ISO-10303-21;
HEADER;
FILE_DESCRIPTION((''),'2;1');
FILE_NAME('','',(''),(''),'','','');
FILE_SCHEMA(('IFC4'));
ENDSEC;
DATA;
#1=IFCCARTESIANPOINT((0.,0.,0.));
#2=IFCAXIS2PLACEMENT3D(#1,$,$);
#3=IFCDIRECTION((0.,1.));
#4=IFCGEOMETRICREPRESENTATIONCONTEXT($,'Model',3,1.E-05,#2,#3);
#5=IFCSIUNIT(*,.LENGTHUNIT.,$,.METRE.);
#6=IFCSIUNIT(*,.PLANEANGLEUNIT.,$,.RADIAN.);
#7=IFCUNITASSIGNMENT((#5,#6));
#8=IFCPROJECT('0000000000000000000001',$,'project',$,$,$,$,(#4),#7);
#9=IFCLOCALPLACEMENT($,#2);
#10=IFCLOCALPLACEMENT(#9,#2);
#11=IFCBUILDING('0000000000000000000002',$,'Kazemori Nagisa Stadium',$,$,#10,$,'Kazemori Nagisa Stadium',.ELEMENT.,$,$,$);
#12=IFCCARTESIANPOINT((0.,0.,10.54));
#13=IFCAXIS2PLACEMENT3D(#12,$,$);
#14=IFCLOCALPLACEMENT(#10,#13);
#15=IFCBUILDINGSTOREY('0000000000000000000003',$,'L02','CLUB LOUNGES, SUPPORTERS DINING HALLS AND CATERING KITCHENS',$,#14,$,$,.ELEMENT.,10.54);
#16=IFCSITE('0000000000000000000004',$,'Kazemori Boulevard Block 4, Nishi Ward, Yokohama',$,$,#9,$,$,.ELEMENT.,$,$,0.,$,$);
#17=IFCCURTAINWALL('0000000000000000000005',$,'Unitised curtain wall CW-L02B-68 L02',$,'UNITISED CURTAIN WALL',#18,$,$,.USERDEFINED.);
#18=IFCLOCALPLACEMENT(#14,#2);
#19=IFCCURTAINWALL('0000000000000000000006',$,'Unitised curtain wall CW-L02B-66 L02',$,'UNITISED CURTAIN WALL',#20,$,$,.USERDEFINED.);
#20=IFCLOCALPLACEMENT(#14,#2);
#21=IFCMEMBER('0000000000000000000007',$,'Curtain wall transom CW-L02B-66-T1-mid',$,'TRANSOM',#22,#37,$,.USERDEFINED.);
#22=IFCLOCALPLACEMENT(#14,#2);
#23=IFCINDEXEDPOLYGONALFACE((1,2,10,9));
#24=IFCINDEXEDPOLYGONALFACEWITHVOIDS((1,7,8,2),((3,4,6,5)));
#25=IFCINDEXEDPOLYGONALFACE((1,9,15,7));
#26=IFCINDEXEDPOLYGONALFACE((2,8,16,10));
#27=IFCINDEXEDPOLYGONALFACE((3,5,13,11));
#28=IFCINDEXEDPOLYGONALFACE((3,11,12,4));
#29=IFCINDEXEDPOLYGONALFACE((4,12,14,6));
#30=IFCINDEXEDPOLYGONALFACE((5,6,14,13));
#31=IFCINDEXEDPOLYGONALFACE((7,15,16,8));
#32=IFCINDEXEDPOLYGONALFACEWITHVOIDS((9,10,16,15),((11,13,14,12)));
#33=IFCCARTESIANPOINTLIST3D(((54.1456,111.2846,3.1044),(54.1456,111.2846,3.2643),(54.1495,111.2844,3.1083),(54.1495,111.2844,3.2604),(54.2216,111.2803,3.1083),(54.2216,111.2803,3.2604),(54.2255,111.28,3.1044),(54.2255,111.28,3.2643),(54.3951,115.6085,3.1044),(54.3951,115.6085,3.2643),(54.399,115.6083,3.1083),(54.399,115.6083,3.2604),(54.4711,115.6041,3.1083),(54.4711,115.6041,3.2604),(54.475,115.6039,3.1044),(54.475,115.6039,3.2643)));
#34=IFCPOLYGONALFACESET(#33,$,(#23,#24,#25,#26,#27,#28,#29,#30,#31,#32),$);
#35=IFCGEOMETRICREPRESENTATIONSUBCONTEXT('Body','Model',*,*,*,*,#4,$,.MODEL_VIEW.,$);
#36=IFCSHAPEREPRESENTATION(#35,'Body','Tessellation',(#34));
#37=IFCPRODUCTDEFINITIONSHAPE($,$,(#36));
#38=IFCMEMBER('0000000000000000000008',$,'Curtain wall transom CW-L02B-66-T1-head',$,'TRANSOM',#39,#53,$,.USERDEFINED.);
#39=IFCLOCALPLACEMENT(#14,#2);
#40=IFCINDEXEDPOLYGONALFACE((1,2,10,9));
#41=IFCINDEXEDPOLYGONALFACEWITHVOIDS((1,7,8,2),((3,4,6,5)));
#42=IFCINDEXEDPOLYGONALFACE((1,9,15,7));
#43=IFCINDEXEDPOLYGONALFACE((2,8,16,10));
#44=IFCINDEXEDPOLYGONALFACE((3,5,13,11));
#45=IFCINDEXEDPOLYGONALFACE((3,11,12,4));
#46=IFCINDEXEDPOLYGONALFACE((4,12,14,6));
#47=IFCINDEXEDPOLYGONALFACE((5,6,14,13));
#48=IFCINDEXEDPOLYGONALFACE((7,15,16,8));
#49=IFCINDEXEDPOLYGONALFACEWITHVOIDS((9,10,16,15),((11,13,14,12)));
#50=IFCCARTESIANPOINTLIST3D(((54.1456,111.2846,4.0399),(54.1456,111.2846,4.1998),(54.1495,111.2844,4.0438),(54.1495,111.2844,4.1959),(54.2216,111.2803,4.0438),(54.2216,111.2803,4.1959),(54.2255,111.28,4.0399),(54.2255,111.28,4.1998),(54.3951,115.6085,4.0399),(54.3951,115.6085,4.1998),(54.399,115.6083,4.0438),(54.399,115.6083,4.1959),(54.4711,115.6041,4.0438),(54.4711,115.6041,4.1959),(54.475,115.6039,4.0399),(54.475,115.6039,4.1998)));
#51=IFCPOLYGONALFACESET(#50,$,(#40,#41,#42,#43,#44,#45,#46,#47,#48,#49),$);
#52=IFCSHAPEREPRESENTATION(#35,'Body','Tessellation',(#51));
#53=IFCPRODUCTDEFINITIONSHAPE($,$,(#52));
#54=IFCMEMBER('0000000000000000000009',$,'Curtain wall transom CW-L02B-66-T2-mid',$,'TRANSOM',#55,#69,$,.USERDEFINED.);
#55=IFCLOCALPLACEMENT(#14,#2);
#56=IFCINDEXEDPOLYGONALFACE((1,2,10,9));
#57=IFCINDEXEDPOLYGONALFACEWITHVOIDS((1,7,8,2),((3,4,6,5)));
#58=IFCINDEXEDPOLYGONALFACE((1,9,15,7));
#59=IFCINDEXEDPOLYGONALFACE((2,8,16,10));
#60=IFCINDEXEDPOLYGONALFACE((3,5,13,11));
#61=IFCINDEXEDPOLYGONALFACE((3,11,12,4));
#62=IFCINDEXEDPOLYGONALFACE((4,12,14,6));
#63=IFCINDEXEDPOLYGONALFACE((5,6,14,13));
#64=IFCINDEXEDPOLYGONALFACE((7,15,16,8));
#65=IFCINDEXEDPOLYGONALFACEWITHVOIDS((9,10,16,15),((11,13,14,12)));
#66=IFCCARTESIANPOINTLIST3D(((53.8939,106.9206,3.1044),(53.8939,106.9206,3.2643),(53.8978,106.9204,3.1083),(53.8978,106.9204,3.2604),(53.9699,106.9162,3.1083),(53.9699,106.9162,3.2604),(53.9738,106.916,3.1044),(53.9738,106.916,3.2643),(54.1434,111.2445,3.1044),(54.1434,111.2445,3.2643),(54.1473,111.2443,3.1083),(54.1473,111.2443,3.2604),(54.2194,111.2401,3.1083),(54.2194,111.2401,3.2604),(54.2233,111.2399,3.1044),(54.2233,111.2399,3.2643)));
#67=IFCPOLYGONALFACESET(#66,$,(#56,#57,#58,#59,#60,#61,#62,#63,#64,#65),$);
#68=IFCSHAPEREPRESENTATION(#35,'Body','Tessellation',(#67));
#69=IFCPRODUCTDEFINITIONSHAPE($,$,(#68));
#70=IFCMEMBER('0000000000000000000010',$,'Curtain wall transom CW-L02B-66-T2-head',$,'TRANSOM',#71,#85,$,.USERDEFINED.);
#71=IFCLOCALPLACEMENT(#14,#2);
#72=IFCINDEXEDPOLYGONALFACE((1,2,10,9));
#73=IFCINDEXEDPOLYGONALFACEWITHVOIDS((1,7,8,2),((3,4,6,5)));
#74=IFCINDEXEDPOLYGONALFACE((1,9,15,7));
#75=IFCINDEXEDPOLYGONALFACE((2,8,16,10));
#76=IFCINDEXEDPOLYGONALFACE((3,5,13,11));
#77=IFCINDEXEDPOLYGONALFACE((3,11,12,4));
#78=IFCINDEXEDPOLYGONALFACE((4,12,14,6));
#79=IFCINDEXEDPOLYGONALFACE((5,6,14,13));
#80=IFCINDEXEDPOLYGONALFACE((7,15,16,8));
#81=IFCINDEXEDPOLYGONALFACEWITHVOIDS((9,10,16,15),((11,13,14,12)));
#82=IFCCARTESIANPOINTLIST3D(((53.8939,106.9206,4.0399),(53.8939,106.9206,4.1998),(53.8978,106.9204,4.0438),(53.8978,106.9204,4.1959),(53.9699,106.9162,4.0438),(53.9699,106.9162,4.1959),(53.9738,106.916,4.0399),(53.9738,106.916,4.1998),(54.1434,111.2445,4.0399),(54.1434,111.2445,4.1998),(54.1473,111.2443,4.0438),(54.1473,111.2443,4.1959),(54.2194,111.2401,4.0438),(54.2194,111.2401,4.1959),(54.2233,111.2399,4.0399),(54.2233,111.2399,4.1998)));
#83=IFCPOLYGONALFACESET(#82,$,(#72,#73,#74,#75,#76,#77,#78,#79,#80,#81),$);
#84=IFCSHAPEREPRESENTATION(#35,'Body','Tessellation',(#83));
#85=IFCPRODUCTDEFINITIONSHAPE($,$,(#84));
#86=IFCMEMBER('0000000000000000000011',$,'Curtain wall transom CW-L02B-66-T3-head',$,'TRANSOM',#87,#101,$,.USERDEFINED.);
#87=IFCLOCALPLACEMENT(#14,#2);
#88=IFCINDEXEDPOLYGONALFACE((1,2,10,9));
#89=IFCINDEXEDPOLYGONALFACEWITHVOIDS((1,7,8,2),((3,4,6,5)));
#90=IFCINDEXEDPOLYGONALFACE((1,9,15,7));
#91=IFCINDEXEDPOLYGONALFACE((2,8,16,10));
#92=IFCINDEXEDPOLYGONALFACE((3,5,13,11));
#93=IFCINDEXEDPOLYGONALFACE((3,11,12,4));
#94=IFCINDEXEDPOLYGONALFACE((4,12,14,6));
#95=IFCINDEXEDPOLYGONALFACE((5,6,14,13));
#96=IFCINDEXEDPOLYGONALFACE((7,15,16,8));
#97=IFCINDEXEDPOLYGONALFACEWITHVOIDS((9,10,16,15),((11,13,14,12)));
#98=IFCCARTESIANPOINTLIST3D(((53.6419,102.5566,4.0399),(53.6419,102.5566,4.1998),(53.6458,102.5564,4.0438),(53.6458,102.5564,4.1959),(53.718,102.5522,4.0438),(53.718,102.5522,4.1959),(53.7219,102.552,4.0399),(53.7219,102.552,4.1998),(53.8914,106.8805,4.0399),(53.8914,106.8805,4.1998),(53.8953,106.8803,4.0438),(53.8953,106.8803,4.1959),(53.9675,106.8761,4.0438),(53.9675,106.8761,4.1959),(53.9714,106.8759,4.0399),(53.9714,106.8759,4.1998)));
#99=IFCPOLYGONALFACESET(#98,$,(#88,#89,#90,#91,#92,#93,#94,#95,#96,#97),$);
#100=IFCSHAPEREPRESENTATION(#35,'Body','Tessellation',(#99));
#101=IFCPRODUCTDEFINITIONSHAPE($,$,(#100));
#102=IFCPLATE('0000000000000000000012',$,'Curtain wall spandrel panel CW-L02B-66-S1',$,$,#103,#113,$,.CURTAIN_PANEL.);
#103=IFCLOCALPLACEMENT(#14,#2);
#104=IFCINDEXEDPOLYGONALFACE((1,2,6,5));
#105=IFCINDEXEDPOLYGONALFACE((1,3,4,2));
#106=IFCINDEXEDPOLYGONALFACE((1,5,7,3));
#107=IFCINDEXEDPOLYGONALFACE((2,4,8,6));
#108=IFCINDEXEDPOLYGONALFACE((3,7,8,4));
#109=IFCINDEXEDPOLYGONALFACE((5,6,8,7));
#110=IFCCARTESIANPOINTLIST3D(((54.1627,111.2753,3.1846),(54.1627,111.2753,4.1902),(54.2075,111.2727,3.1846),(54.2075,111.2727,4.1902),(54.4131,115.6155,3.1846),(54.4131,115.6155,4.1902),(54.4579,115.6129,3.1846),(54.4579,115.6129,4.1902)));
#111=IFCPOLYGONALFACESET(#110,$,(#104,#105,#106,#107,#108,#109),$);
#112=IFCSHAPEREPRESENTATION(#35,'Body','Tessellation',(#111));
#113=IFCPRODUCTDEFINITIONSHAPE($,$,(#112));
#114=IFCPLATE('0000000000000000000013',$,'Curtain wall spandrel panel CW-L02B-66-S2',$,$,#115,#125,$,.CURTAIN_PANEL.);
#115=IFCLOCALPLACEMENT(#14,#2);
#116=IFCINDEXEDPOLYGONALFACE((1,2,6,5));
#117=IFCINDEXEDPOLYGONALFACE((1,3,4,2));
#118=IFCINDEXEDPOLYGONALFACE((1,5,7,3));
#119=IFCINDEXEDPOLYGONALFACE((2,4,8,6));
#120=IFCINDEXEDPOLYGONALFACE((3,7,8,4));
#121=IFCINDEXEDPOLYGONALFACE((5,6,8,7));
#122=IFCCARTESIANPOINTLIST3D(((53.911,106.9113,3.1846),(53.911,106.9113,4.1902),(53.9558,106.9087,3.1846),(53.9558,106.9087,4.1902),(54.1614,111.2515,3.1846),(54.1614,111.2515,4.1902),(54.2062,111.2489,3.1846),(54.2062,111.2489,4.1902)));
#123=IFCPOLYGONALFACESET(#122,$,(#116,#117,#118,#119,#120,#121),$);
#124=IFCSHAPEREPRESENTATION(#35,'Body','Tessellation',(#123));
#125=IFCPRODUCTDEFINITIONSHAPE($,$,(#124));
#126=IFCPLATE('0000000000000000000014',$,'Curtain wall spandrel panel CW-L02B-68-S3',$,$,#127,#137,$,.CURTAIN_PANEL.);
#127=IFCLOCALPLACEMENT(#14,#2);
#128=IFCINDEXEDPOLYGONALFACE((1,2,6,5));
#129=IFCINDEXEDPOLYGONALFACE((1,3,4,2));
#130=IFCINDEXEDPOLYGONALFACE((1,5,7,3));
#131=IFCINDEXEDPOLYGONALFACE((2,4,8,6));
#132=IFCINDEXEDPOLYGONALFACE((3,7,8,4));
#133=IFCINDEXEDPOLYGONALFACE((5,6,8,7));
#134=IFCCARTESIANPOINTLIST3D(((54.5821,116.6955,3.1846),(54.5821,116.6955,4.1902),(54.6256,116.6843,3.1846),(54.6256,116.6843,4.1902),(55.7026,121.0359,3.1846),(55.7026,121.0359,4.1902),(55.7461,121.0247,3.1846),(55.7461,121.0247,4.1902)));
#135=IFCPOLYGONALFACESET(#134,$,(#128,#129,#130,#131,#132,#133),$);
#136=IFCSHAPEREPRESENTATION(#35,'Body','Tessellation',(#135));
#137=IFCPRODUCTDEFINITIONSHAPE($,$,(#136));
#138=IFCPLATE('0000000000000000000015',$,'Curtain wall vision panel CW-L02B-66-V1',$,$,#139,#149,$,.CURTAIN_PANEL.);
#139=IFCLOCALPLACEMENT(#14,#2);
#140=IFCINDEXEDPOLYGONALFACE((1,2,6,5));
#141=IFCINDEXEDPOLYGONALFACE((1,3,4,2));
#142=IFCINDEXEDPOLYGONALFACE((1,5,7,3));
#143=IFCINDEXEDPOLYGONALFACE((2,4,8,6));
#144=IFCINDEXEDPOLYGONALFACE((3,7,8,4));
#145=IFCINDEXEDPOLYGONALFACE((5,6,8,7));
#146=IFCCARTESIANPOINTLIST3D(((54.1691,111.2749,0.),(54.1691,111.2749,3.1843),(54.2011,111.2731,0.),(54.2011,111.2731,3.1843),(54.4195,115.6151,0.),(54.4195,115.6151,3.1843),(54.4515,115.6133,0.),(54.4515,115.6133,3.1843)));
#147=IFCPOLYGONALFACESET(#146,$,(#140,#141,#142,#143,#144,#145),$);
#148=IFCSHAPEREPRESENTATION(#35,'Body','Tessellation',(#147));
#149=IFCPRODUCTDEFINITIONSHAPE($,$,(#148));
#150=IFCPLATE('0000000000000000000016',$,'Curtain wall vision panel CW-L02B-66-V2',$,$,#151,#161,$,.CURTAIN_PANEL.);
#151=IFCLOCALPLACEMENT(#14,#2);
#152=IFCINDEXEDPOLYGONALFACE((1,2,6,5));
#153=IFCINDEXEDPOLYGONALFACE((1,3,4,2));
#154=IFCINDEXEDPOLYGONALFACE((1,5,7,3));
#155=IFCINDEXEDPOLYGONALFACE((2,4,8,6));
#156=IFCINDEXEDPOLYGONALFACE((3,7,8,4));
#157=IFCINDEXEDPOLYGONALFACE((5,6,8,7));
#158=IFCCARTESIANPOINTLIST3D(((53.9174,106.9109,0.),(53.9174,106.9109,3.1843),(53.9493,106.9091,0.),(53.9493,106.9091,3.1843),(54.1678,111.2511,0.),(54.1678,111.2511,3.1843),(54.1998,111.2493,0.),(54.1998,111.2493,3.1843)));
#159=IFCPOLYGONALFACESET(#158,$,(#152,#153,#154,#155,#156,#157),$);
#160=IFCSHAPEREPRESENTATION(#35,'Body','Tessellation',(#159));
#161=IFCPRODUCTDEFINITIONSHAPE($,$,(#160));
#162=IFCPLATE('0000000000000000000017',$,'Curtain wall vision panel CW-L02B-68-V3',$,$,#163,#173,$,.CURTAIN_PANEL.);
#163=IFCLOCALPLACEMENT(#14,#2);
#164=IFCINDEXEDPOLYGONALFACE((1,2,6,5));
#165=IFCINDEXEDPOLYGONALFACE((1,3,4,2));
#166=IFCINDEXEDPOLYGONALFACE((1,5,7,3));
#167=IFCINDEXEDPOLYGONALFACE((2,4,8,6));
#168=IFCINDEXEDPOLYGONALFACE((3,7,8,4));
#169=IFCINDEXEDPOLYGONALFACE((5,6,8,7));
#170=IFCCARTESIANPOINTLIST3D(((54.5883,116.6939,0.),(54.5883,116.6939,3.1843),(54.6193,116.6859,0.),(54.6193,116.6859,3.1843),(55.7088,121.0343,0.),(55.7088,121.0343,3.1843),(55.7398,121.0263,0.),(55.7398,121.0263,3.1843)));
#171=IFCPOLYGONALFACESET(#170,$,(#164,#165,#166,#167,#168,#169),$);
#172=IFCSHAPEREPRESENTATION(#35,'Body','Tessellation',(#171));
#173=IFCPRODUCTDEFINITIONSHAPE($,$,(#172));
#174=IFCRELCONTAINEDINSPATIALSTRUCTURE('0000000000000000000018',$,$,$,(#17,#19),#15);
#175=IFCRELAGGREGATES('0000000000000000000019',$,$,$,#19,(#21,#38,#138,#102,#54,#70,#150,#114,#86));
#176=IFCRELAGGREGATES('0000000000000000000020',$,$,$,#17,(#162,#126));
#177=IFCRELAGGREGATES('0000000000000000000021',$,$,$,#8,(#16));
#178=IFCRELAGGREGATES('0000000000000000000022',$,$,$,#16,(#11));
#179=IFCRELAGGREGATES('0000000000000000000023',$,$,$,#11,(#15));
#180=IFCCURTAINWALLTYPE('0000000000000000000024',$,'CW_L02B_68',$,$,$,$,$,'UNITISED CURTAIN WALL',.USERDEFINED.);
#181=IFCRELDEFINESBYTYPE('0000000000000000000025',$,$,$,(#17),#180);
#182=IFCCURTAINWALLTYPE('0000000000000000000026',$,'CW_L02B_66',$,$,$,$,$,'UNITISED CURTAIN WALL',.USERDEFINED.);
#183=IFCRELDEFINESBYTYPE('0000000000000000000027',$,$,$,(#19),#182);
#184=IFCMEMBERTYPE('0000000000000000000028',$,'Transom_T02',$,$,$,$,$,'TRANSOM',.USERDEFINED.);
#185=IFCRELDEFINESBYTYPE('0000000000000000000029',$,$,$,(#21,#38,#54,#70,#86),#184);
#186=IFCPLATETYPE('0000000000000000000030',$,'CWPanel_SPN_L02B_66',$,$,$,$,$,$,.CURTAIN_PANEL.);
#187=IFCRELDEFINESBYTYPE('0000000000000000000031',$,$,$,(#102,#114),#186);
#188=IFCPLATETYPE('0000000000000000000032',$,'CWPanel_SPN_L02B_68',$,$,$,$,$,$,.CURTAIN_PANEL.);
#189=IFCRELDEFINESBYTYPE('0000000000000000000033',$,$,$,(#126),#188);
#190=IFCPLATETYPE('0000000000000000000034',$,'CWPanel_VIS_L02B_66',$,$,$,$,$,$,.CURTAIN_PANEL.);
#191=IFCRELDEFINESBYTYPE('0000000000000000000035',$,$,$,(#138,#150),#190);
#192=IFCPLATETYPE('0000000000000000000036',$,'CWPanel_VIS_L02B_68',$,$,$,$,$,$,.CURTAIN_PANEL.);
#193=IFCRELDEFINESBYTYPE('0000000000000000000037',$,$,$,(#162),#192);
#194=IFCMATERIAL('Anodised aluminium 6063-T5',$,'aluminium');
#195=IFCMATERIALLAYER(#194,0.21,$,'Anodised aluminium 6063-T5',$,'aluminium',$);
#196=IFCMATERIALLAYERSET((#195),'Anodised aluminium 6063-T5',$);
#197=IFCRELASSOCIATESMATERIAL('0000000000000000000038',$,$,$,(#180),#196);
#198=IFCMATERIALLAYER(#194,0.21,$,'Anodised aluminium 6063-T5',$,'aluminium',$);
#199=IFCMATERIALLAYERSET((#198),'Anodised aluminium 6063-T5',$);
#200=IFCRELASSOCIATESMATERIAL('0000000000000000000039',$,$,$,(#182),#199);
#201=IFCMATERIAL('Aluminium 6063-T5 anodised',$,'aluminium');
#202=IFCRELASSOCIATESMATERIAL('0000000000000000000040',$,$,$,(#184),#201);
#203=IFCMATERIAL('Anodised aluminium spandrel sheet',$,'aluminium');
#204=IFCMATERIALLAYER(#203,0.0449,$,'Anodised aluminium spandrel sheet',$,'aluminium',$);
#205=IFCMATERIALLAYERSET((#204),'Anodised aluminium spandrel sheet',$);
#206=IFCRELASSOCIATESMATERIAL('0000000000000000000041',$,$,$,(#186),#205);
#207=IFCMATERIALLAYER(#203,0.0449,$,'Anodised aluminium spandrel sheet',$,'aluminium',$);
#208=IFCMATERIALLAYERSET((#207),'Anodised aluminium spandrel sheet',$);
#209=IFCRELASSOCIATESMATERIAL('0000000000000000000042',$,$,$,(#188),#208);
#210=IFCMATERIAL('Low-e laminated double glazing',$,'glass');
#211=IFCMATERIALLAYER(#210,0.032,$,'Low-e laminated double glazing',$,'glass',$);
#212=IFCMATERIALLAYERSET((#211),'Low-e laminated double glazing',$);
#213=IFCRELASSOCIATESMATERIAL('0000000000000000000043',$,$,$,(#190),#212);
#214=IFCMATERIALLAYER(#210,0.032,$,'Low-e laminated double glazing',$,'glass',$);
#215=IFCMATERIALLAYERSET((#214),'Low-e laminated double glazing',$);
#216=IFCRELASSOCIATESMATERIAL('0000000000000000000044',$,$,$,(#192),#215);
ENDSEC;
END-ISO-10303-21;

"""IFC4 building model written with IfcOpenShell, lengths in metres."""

from ifc_helpers import new_model, si_unit, direction, frame, origin, origin_2d, place, context, subcontext, project, spatial, rectangle, hollow_rectangle, extrude, material, layer, layer_set, material_profile, profile_set, type_object, element, aggregate, save


model = new_model("IFC4")

# Units and contexts
model_context = context("Model", 3, precision=1e-05, world=origin(), true_north=direction((0.0, 1.0)))
body_context = subcontext(model_context, "Body", "Model", "MODEL_VIEW")
ifc_project = project(units=[si_unit("LENGTHUNIT", "METRE"), si_unit("PLANEANGLEUNIT", "RADIAN")], contexts=[model_context])

# Site, building, storey
site_placement = place(None, origin())
site = spatial("IfcSite", under=ifc_project, at=site_placement, Name="Kazemori Boulevard Block 4, Nishi Ward, Yokohama", CompositionType="ELEMENT", RefElevation=0.0)
building_placement = place(site_placement, origin())
building = spatial("IfcBuilding", under=site, at=building_placement, Name="Kazemori Nagisa Stadium", LongName="Kazemori Nagisa Stadium", CompositionType="ELEMENT")
storey_placement = place(building_placement, frame((0.0, 0.0, 10.54)))
storey = spatial("IfcBuildingStorey", under=building, at=storey_placement, Name="L02", Description="CLUB LOUNGES, SUPPORTERS DINING HALLS AND CATERING KITCHENS", CompositionType="ELEMENT", Elevation=10.54)

# Curtain walls
ifc_material_1 = material(Name="Anodised aluminium 6063-T5", Category="aluminium")
ifc_layer_1 = layer(ifc_material_1, 0.21, Name="Anodised aluminium 6063-T5", Category="aluminium")
ifc_layer_set_1 = layer_set([ifc_layer_1], Name="Anodised aluminium 6063-T5")
curtain_wall_type_1 = type_object("IfcCurtainWallType", Name="CW_L02B_68", ElementType="UNITISED CURTAIN WALL", PredefinedType="USERDEFINED", material=ifc_layer_set_1)
curtain_wall_1_placement = place(storey_placement, origin())
curtain_wall_1 = element("IfcCurtainWall", 1, at=curtain_wall_1_placement, inside=storey, type_object=curtain_wall_type_1, Name="Unitised curtain wall CW-L02B-68 L02", ObjectType="UNITISED CURTAIN WALL", PredefinedType="USERDEFINED")
ifc_material_2 = material(Name="Aluminium 6063-T5 anodised", Category="aluminium")
ifc_layer_2 = layer(ifc_material_1, 0.21, Name="Anodised aluminium 6063-T5", Category="aluminium")
ifc_layer_set_2 = layer_set([ifc_layer_2], Name="Anodised aluminium 6063-T5")
curtain_wall_type_2 = type_object("IfcCurtainWallType", Name="CW_L02B_66", ElementType="UNITISED CURTAIN WALL", PredefinedType="USERDEFINED", material=ifc_layer_set_2)
curtain_wall_2_placement = place(storey_placement, origin())
curtain_wall_2 = element("IfcCurtainWall", 2, at=curtain_wall_2_placement, inside=storey, type_object=curtain_wall_type_2, Name="Unitised curtain wall CW-L02B-66 L02", ObjectType="UNITISED CURTAIN WALL", PredefinedType="USERDEFINED")

# Members
ifc_material_profile_1 = material_profile(ifc_material_2, hollow_rectangle(XDim=0.0801, YDim=0.1599, WallThickness=0.0039, at=origin_2d()), Name="ALU-TRAN-80x160x4")
ifc_profile_set_1 = profile_set([ifc_material_profile_1], Name="Aluminium 6063-T5 anodised")
member_type_1 = type_object("IfcMemberType", Name="Transom_T02", ElementType="TRANSOM", PredefinedType="USERDEFINED", material=ifc_profile_set_1)
member_1_placement = place(storey_placement, frame((54.4351, 115.6062, 3.1843), z_axis=(-0.057608, -0.998339, 0.0), x_axis=(0.998339, -0.057608, 0.0)))
member_1 = element("IfcMember", 3, at=member_1_placement, type_object=member_type_1, Name="Curtain wall transom CW-L02B-66-T1-mid", ObjectType="TRANSOM", PredefinedType="USERDEFINED", context=body_context, shape_type="SweptSolid", body=[
    extrude(hollow_rectangle(XDim=0.0801, YDim=0.1599, WallThickness=0.0039, at=origin_2d()), origin(), (0.0, 0.0, 1.0), 4.3311),
])
member_2_placement = place(storey_placement, frame((54.4351, 115.6062, 4.1199), z_axis=(-0.057608, -0.998339, 0.0), x_axis=(0.998339, -0.057608, 0.0)))
member_2 = element("IfcMember", 4, at=member_2_placement, type_object=member_type_1, Name="Curtain wall transom CW-L02B-66-T1-head", ObjectType="TRANSOM", PredefinedType="USERDEFINED", context=body_context, shape_type="SweptSolid", body=[
    extrude(hollow_rectangle(XDim=0.0801, YDim=0.1599, WallThickness=0.0039, at=origin_2d()), origin(), (0.0, 0.0, 1.0), 4.3311),
])
member_3_placement = place(storey_placement, frame((54.1833, 111.2422, 3.1843), z_axis=(-0.057608, -0.998339, 0.0), x_axis=(0.998339, -0.057608, 0.0)))
member_3 = element("IfcMember", 5, at=member_3_placement, type_object=member_type_1, Name="Curtain wall transom CW-L02B-66-T2-mid", ObjectType="TRANSOM", PredefinedType="USERDEFINED", context=body_context, shape_type="SweptSolid", body=[
    extrude(hollow_rectangle(XDim=0.0801, YDim=0.1599, WallThickness=0.0039, at=origin_2d()), origin(), (0.0, 0.0, 1.0), 4.3311),
])
member_4_placement = place(storey_placement, frame((54.1833, 111.2422, 4.1199), z_axis=(-0.057608, -0.998339, 0.0), x_axis=(0.998339, -0.057608, 0.0)))
member_4 = element("IfcMember", 6, at=member_4_placement, type_object=member_type_1, Name="Curtain wall transom CW-L02B-66-T2-head", ObjectType="TRANSOM", PredefinedType="USERDEFINED", context=body_context, shape_type="SweptSolid", body=[
    extrude(hollow_rectangle(XDim=0.0801, YDim=0.1599, WallThickness=0.0039, at=origin_2d()), origin(), (0.0, 0.0, 1.0), 4.3311),
])
member_5_placement = place(storey_placement, frame((53.9314, 106.8782, 4.1199), z_axis=(-0.057608, -0.998339, 0.0), x_axis=(0.998339, -0.057608, 0.0)))
member_5 = element("IfcMember", 7, at=member_5_placement, type_object=member_type_1, Name="Curtain wall transom CW-L02B-66-T3-head", ObjectType="TRANSOM", PredefinedType="USERDEFINED", context=body_context, shape_type="SweptSolid", body=[
    extrude(hollow_rectangle(XDim=0.0801, YDim=0.1599, WallThickness=0.0039, at=origin_2d()), origin(), (0.0, 0.0, 1.0), 4.3311),
])

# Plates
ifc_material_3 = material(Name="Anodised aluminium spandrel sheet", Category="aluminium")
ifc_layer_3 = layer(ifc_material_3, 0.0449, Name="Anodised aluminium spandrel sheet", Category="aluminium")
ifc_layer_set_3 = layer_set([ifc_layer_3], Name="Anodised aluminium spandrel sheet")
plate_type_1 = type_object("IfcPlateType", Name="CWPanel_SPN_L02B_66", PredefinedType="CURTAIN_PANEL", material=ifc_layer_set_3)
plate_1_placement = place(storey_placement, frame((54.3103, 113.4441, 3.1846), z_axis=(0.0, 0.0, 1.0), x_axis=(-0.057602, -0.99834, 0.0)))
plate_1 = element("IfcPlate", 8, at=plate_1_placement, type_object=plate_type_1, Name="Curtain wall spandrel panel CW-L02B-66-S1", PredefinedType="CURTAIN_PANEL", context=body_context, shape_type="SweptSolid", body=[
    extrude(rectangle(XDim=4.3474, YDim=0.0449, at=origin_2d()), origin(), (0.0, 0.0, 1.0), 1.0056),
])
plate_2_placement = place(storey_placement, frame((54.0586, 109.0801, 3.1846), z_axis=(0.0, 0.0, 1.0), x_axis=(-0.057602, -0.99834, 0.0)))
plate_2 = element("IfcPlate", 9, at=plate_2_placement, type_object=plate_type_1, Name="Curtain wall spandrel panel CW-L02B-66-S2", PredefinedType="CURTAIN_PANEL", context=body_context, shape_type="SweptSolid", body=[
    extrude(rectangle(XDim=4.3474, YDim=0.0449, at=origin_2d()), origin(), (0.0, 0.0, 1.0), 1.0056),
])
ifc_layer_4 = layer(ifc_material_3, 0.0449, Name="Anodised aluminium spandrel sheet", Category="aluminium")
ifc_layer_set_4 = layer_set([ifc_layer_4], Name="Anodised aluminium spandrel sheet")
plate_type_2 = type_object("IfcPlateType", Name="CWPanel_SPN_L02B_68", PredefinedType="CURTAIN_PANEL", material=ifc_layer_set_4)
plate_3_placement = place(storey_placement, frame((55.1641, 118.8601, 3.1846), z_axis=(0.0, 0.0, 1.0), x_axis=(-0.249965, -0.968255, 0.0)))
plate_3 = element("IfcPlate", 10, at=plate_3_placement, type_object=plate_type_2, Name="Curtain wall spandrel panel CW-L02B-68-S3", PredefinedType="CURTAIN_PANEL", context=body_context, shape_type="SweptSolid", body=[
    extrude(rectangle(XDim=4.4827, YDim=0.0449, at=origin_2d()), origin(), (0.0, 0.0, 1.0), 1.0056),
])
ifc_material_4 = material(Name="Low-e laminated double glazing", Category="glass")
ifc_layer_5 = layer(ifc_material_4, 0.032, Name="Low-e laminated double glazing", Category="glass")
ifc_layer_set_5 = layer_set([ifc_layer_5], Name="Low-e laminated double glazing")
plate_type_3 = type_object("IfcPlateType", Name="CWPanel_VIS_L02B_66", PredefinedType="CURTAIN_PANEL", material=ifc_layer_set_5)
plate_4_placement = place(storey_placement, frame((54.3103, 113.4441, 0.0), z_axis=(0.0, 0.0, 1.0), x_axis=(-0.057602, -0.99834, 0.0)))
plate_4 = element("IfcPlate", 11, at=plate_4_placement, type_object=plate_type_3, Name="Curtain wall vision panel CW-L02B-66-V1", PredefinedType="CURTAIN_PANEL", context=body_context, shape_type="SweptSolid", body=[
    extrude(rectangle(XDim=4.3474, YDim=0.032, at=origin_2d()), origin(), (0.0, 0.0, 1.0), 3.1843),
])
plate_5_placement = place(storey_placement, frame((54.0586, 109.0801, 0.0), z_axis=(0.0, 0.0, 1.0), x_axis=(-0.057602, -0.99834, 0.0)))
plate_5 = element("IfcPlate", 12, at=plate_5_placement, type_object=plate_type_3, Name="Curtain wall vision panel CW-L02B-66-V2", PredefinedType="CURTAIN_PANEL", context=body_context, shape_type="SweptSolid", body=[
    extrude(rectangle(XDim=4.3474, YDim=0.032, at=origin_2d()), origin(), (0.0, 0.0, 1.0), 3.1843),
])
aggregate(curtain_wall_2, [member_1, member_2, plate_4, plate_1, member_3, member_4, plate_5, plate_2, member_5])
ifc_layer_6 = layer(ifc_material_4, 0.032, Name="Low-e laminated double glazing", Category="glass")
ifc_layer_set_6 = layer_set([ifc_layer_6], Name="Low-e laminated double glazing")
plate_type_4 = type_object("IfcPlateType", Name="CWPanel_VIS_L02B_68", PredefinedType="CURTAIN_PANEL", material=ifc_layer_set_6)
plate_6_placement = place(storey_placement, frame((55.1641, 118.8601, 0.0), z_axis=(0.0, 0.0, 1.0), x_axis=(-0.249965, -0.968255, 0.0)))
plate_6 = element("IfcPlate", 13, at=plate_6_placement, type_object=plate_type_4, Name="Curtain wall vision panel CW-L02B-68-V3", PredefinedType="CURTAIN_PANEL", context=body_context, shape_type="SweptSolid", body=[
    extrude(rectangle(XDim=4.4827, YDim=0.032, at=origin_2d()), origin(), (0.0, 0.0, 1.0), 3.1843),
])
aggregate(curtain_wall_1, [plate_6, plate_3])

save(model, "model.ifc")
